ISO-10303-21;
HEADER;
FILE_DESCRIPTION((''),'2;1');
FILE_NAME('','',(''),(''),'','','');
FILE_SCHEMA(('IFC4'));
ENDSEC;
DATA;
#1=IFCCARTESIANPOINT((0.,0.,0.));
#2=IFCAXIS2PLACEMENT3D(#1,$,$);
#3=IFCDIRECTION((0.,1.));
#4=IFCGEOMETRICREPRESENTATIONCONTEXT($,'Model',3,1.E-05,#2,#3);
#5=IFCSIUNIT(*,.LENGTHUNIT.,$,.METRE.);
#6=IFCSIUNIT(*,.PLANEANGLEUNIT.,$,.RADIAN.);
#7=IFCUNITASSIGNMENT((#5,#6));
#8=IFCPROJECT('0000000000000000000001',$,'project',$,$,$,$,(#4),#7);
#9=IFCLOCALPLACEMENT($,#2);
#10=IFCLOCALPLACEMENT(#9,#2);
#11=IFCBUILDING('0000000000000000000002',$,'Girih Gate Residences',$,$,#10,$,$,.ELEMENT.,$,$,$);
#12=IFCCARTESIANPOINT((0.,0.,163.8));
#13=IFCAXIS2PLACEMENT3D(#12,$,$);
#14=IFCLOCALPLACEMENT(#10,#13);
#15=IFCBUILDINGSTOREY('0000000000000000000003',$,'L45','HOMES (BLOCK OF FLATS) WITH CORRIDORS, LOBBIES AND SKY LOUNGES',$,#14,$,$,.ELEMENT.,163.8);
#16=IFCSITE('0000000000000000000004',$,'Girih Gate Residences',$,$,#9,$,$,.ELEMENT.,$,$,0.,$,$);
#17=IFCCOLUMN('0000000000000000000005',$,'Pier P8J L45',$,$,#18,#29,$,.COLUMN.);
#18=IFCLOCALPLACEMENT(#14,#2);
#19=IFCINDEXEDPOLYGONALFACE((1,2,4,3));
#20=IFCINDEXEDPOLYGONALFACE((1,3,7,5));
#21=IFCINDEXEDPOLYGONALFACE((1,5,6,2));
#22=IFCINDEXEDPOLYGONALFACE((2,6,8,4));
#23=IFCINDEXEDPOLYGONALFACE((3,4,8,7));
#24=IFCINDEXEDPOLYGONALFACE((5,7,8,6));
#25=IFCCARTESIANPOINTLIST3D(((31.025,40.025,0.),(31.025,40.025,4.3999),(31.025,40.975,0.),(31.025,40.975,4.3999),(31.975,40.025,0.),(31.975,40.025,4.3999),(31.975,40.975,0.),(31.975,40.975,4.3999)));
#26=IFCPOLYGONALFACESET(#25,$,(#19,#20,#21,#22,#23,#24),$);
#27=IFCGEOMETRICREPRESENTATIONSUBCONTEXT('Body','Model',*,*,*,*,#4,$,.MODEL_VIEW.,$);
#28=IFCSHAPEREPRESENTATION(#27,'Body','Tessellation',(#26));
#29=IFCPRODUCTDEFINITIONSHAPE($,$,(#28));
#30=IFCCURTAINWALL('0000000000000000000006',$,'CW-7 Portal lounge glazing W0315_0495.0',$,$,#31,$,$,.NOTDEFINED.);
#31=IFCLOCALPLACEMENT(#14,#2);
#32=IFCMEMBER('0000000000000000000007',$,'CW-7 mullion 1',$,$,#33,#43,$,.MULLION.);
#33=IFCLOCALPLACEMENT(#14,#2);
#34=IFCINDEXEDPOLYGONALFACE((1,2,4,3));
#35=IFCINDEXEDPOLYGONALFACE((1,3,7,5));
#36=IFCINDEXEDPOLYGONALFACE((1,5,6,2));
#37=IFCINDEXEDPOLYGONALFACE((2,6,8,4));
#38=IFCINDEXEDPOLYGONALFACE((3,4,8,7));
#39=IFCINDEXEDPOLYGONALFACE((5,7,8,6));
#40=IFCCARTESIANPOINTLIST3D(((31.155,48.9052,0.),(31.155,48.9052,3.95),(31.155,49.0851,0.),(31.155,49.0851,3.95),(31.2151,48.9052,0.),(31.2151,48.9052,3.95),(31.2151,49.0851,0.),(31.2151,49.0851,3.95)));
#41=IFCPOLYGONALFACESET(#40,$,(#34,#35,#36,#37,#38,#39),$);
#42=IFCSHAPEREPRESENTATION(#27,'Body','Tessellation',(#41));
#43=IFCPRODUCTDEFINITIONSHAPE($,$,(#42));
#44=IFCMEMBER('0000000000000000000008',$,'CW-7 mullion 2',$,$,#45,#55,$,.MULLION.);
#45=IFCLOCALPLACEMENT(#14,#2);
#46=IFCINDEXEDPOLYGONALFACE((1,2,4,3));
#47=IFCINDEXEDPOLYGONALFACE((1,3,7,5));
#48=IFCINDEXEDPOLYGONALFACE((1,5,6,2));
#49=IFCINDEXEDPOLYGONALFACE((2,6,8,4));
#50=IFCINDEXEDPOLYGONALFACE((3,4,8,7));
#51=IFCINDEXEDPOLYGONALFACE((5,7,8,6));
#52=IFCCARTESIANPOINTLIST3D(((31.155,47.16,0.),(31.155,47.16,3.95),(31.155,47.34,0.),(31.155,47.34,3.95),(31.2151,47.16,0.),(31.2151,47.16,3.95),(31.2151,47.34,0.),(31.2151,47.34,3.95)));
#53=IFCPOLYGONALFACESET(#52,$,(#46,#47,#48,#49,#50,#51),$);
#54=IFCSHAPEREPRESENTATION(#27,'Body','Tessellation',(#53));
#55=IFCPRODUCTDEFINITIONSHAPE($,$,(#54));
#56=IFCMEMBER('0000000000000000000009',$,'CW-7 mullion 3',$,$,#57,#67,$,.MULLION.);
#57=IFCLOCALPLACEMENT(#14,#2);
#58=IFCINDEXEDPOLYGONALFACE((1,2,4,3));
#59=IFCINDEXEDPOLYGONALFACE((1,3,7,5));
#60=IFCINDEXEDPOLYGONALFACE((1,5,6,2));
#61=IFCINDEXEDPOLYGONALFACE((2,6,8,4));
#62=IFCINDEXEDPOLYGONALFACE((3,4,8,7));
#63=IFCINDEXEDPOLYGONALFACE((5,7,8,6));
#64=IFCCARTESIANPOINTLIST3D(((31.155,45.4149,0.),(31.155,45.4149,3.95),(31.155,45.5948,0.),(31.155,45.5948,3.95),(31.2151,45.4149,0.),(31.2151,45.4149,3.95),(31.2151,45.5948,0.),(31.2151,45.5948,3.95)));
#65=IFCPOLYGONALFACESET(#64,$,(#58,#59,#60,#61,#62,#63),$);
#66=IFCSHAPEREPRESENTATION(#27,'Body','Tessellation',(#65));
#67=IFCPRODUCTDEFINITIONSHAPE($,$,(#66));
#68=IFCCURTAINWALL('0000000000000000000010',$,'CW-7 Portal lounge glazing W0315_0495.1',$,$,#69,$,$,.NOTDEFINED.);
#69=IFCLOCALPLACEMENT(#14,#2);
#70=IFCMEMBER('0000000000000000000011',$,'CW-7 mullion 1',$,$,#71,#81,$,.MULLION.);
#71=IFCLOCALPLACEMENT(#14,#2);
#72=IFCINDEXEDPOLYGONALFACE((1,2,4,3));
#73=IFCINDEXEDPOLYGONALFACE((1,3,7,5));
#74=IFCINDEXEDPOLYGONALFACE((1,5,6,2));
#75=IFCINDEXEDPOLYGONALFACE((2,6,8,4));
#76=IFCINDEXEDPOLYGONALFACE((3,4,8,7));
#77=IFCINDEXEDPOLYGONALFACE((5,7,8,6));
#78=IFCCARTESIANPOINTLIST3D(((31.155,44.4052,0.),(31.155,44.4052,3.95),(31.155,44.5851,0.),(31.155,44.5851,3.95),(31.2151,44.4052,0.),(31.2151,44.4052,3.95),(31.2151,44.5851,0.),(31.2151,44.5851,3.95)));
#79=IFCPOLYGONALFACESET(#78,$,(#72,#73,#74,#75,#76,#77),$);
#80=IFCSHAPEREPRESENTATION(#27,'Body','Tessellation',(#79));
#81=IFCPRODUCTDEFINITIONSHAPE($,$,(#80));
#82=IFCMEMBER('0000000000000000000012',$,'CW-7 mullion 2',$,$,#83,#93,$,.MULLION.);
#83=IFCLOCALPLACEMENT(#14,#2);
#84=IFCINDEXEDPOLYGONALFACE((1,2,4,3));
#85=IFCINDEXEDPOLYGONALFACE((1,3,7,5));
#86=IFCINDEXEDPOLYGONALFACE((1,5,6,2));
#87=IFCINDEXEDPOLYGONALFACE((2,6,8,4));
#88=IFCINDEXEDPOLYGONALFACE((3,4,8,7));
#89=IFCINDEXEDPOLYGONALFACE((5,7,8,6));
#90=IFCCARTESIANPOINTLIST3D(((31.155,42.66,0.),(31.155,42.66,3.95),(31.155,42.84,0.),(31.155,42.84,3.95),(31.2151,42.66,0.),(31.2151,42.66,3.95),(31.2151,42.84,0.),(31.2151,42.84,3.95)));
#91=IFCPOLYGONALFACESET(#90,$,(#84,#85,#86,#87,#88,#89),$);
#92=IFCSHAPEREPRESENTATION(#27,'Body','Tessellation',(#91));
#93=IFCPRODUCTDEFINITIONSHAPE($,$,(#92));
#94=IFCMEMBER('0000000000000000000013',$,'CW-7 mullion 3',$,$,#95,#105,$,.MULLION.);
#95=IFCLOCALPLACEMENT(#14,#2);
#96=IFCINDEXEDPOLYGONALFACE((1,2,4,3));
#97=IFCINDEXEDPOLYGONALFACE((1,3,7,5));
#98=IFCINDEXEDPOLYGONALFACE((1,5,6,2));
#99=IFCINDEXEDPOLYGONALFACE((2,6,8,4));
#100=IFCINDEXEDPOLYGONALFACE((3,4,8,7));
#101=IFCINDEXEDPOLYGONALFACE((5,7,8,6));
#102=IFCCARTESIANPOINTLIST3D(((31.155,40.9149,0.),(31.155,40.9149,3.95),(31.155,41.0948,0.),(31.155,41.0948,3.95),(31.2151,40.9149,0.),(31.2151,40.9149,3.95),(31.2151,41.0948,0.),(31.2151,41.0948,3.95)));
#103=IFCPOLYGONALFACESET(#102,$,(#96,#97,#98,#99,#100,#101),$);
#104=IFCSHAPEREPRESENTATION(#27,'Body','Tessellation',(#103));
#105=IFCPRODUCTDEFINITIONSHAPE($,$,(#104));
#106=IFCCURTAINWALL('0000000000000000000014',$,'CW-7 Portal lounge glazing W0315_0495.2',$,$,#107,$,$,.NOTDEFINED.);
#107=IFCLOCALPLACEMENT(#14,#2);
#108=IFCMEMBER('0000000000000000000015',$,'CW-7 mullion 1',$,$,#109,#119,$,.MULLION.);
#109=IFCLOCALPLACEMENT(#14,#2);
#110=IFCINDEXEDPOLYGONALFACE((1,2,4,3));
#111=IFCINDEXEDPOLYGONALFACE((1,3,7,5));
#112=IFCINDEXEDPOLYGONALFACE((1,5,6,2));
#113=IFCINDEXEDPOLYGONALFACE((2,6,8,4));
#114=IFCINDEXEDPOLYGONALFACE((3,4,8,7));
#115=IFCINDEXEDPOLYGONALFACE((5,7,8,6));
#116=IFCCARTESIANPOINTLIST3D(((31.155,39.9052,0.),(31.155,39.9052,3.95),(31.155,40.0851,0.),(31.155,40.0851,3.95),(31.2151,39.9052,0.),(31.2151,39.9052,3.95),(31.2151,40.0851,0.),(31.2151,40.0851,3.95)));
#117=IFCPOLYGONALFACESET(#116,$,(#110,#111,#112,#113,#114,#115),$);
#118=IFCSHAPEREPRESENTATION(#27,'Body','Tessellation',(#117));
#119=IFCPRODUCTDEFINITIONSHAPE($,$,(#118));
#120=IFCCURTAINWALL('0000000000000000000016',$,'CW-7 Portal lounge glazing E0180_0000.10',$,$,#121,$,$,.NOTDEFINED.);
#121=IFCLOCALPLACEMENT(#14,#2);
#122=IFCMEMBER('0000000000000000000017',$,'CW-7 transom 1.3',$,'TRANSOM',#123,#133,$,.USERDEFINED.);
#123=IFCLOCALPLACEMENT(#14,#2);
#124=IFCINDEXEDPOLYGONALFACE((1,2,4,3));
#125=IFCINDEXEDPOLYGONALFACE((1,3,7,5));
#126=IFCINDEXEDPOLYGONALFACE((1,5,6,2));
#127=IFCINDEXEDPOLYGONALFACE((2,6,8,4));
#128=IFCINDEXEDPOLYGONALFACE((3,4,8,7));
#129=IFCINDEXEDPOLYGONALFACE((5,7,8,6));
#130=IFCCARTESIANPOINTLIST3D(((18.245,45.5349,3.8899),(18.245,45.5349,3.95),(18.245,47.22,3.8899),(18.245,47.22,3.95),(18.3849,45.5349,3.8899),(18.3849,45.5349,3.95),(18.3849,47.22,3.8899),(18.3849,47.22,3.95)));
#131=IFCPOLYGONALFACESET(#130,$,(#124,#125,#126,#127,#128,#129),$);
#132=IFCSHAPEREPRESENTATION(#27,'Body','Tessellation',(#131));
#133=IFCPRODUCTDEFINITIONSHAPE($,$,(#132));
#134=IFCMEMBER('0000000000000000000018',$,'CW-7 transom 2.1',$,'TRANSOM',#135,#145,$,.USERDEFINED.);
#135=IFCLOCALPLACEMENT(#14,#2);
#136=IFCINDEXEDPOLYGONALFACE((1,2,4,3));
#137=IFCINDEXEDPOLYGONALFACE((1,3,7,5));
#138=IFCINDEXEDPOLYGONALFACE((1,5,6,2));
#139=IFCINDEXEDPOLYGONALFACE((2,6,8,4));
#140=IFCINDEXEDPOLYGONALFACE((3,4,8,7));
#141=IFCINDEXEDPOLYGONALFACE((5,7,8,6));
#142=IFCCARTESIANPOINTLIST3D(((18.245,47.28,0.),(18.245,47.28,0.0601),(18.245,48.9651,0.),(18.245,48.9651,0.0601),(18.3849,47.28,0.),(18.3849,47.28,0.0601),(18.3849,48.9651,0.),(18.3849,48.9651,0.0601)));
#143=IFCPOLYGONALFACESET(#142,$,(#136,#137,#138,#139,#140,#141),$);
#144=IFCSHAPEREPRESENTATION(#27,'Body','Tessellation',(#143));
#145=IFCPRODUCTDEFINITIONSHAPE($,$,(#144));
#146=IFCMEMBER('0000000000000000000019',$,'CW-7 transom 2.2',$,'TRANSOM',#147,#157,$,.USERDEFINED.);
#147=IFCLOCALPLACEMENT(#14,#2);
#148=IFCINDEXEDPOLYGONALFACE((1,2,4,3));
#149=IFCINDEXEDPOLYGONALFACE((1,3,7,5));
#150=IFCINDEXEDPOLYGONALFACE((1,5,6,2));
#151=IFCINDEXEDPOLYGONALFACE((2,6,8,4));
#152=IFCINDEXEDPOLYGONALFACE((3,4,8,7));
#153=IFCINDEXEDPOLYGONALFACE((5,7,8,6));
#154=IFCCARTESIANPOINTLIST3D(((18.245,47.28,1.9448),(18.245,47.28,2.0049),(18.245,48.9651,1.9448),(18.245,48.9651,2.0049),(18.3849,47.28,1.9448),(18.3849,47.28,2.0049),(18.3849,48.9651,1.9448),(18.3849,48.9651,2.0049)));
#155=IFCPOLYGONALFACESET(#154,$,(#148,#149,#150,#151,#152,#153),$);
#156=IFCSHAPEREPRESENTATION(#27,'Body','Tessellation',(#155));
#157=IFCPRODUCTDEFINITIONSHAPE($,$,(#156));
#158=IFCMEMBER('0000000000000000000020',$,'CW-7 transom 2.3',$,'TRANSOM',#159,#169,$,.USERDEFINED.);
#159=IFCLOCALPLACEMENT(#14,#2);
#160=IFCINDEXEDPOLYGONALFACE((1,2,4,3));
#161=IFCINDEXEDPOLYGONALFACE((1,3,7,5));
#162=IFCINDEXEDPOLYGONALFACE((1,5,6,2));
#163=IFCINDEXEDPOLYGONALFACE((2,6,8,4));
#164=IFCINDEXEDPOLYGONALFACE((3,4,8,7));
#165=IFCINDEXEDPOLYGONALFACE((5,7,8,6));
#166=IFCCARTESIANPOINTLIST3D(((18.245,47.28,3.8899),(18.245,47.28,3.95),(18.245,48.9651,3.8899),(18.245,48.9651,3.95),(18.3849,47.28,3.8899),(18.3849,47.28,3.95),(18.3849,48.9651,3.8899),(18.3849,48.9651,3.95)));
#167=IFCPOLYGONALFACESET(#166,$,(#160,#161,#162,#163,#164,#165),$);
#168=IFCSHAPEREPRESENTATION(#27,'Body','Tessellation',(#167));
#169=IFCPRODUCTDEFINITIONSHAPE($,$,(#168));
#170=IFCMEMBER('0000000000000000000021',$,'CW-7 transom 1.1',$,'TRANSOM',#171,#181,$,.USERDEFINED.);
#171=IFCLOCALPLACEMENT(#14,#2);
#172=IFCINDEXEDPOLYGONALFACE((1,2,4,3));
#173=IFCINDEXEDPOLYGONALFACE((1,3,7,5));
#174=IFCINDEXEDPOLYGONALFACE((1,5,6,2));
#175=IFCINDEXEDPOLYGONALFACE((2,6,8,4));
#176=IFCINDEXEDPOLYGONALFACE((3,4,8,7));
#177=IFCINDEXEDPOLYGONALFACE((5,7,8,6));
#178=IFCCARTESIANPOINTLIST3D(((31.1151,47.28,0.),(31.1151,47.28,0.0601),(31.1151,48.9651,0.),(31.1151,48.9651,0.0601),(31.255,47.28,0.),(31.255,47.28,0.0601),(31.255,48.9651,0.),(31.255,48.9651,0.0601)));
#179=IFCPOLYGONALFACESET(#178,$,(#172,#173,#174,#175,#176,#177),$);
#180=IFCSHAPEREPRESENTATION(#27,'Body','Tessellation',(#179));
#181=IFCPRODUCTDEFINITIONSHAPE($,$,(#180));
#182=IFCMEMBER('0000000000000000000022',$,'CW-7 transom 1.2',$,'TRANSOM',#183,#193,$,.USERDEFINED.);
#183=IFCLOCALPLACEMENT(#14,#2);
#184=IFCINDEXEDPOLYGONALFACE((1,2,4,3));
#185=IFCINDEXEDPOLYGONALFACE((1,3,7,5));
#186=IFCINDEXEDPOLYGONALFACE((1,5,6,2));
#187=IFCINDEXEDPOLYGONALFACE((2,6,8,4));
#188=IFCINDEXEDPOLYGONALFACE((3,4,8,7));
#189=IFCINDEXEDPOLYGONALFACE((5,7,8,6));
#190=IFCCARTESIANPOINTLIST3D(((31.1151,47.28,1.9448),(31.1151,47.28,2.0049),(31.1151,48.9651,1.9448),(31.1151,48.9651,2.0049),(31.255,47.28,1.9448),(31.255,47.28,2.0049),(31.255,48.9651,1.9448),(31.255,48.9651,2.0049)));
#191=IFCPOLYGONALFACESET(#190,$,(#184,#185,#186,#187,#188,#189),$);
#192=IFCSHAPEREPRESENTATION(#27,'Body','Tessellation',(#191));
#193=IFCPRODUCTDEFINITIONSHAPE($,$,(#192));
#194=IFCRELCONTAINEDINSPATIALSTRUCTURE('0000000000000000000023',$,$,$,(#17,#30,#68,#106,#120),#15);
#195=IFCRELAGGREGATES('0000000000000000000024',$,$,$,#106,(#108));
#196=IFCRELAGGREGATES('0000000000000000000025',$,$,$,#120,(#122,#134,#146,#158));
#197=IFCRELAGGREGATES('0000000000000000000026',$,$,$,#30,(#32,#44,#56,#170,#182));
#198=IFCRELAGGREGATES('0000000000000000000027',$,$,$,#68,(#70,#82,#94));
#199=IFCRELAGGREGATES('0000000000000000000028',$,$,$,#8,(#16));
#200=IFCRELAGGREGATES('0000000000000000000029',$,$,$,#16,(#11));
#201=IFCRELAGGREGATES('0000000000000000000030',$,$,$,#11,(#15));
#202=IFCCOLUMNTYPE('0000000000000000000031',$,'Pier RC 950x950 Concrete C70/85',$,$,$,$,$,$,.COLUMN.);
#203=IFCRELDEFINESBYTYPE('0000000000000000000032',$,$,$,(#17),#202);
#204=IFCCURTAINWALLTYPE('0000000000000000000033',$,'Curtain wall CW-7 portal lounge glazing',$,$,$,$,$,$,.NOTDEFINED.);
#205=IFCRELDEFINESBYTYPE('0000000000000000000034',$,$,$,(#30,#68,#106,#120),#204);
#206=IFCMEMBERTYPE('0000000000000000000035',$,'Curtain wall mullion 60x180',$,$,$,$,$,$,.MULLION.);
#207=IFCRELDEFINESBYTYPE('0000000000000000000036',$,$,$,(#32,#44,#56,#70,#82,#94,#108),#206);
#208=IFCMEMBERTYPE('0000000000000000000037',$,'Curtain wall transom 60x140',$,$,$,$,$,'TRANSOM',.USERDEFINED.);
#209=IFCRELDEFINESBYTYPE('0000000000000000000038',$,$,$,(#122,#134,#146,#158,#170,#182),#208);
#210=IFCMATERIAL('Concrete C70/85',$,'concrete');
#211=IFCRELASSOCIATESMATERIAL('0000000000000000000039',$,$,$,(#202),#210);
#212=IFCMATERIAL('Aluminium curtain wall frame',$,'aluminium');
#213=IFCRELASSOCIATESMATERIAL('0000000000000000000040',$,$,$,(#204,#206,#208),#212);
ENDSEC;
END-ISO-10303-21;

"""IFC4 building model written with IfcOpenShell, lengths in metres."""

from ifc_helpers import new_model, si_unit, direction, frame, origin, origin_2d, place, context, subcontext, project, spatial, rectangle, extrude, material, material_profile, profile_set, type_object, element, aggregate, save


model = new_model("IFC4")

# Units and contexts
model_context = context("Model", 3, precision=1e-05, world=origin(), true_north=direction((0.0, 1.0)))
body_context = subcontext(model_context, "Body", "Model", "MODEL_VIEW")
ifc_project = project(units=[si_unit("LENGTHUNIT", "METRE"), si_unit("PLANEANGLEUNIT", "RADIAN")], contexts=[model_context])

# Site, building, storey
site_placement = place(None, origin())
site = spatial("IfcSite", under=ifc_project, at=site_placement, Name="Girih Gate Residences", CompositionType="ELEMENT", RefElevation=0.0)
building_placement = place(site_placement, origin())
building = spatial("IfcBuilding", under=site, at=building_placement, Name="Girih Gate Residences", CompositionType="ELEMENT")
storey_placement = place(building_placement, frame((0.0, 0.0, 163.8)))
storey = spatial("IfcBuildingStorey", under=building, at=storey_placement, Name="L45", Description="HOMES (BLOCK OF FLATS) WITH CORRIDORS, LOBBIES AND SKY LOUNGES", CompositionType="ELEMENT", Elevation=163.8)

# Column
ifc_material_1 = material(Name="Concrete C70/85", Category="concrete")
ifc_material_profile_1 = material_profile(ifc_material_1, rectangle(XDim=0.95, YDim=0.95, at=origin_2d()))
ifc_profile_set_1 = profile_set([ifc_material_profile_1], Name="Concrete C70/85")
column_type = type_object("IfcColumnType", Name="Pier RC 950x950 Concrete C70/85", PredefinedType="COLUMN", material=ifc_profile_set_1)
column_placement = place(storey_placement, frame((31.5, 40.5, 0.0), z_axis=(0.0, 0.0, 1.0), x_axis=(1.0, 0.0, 0.0)))
element("IfcColumn", 1, at=column_placement, inside=storey, type_object=column_type, Name="Pier P8J L45", PredefinedType="COLUMN", context=body_context, shape_type="SweptSolid", body=[
    extrude(rectangle(XDim=0.95, YDim=0.95, at=origin_2d()), origin(), (0.0, 0.0, 1.0), 4.3999),
])

# Curtain walls, members
ifc_material_2 = material(Name="Aluminium curtain wall frame", Category="aluminium")
curtain_wall_type = type_object("IfcCurtainWallType", Name="Curtain wall CW-7 portal lounge glazing", PredefinedType="NOTDEFINED", material=ifc_material_2)
curtain_wall_1_placement = place(storey_placement, origin())
curtain_wall_1 = element("IfcCurtainWall", 2, at=curtain_wall_1_placement, inside=storey, type_object=curtain_wall_type, Name="CW-7 Portal lounge glazing W0315_0495.0", PredefinedType="NOTDEFINED")
ifc_material_profile_2 = material_profile(ifc_material_2, rectangle(XDim=0.0601, YDim=0.1799, at=origin_2d()))
ifc_profile_set_2 = profile_set([ifc_material_profile_2], Name="Aluminium curtain wall frame")
member_type_1 = type_object("IfcMemberType", Name="Curtain wall mullion 60x180", PredefinedType="MULLION", material=ifc_profile_set_2)
member_1_placement = place(storey_placement, frame((31.1851, 48.9951, 0.0), z_axis=(0.0, 0.0, 1.0), x_axis=(1.0, 0.0, 0.0)))
member_1 = element("IfcMember", 3, at=member_1_placement, type_object=member_type_1, Name="CW-7 mullion 1", PredefinedType="MULLION", context=body_context, shape_type="SweptSolid", body=[
    extrude(rectangle(XDim=0.0601, YDim=0.1799, at=origin_2d()), origin(), (0.0, 0.0, 1.0), 3.95),
])
member_2_placement = place(storey_placement, frame((31.1851, 47.25, 0.0), z_axis=(0.0, 0.0, 1.0), x_axis=(1.0, 0.0, 0.0)))
member_2 = element("IfcMember", 4, at=member_2_placement, type_object=member_type_1, Name="CW-7 mullion 2", PredefinedType="MULLION", context=body_context, shape_type="SweptSolid", body=[
    extrude(rectangle(XDim=0.0601, YDim=0.1799, at=origin_2d()), origin(), (0.0, 0.0, 1.0), 3.95),
])
member_3_placement = place(storey_placement, frame((31.1851, 45.5049, 0.0), z_axis=(0.0, 0.0, 1.0), x_axis=(1.0, 0.0, 0.0)))
member_3 = element("IfcMember", 5, at=member_3_placement, type_object=member_type_1, Name="CW-7 mullion 3", PredefinedType="MULLION", context=body_context, shape_type="SweptSolid", body=[
    extrude(rectangle(XDim=0.0601, YDim=0.1799, at=origin_2d()), origin(), (0.0, 0.0, 1.0), 3.95),
])
curtain_wall_2_placement = place(storey_placement, origin())
curtain_wall_2 = element("IfcCurtainWall", 6, at=curtain_wall_2_placement, inside=storey, type_object=curtain_wall_type, Name="CW-7 Portal lounge glazing W0315_0495.1", PredefinedType="NOTDEFINED")
member_4_placement = place(storey_placement, frame((31.1851, 44.4951, 0.0), z_axis=(0.0, 0.0, 1.0), x_axis=(1.0, 0.0, 0.0)))
member_4 = element("IfcMember", 7, at=member_4_placement, type_object=member_type_1, Name="CW-7 mullion 1", PredefinedType="MULLION", context=body_context, shape_type="SweptSolid", body=[
    extrude(rectangle(XDim=0.0601, YDim=0.1799, at=origin_2d()), origin(), (0.0, 0.0, 1.0), 3.95),
])
member_5_placement = place(storey_placement, frame((31.1851, 42.75, 0.0), z_axis=(0.0, 0.0, 1.0), x_axis=(1.0, 0.0, 0.0)))
member_5 = element("IfcMember", 8, at=member_5_placement, type_object=member_type_1, Name="CW-7 mullion 2", PredefinedType="MULLION", context=body_context, shape_type="SweptSolid", body=[
    extrude(rectangle(XDim=0.0601, YDim=0.1799, at=origin_2d()), origin(), (0.0, 0.0, 1.0), 3.95),
])
member_6_placement = place(storey_placement, frame((31.1851, 41.0049, 0.0), z_axis=(0.0, 0.0, 1.0), x_axis=(1.0, 0.0, 0.0)))
member_6 = element("IfcMember", 9, at=member_6_placement, type_object=member_type_1, Name="CW-7 mullion 3", PredefinedType="MULLION", context=body_context, shape_type="SweptSolid", body=[
    extrude(rectangle(XDim=0.0601, YDim=0.1799, at=origin_2d()), origin(), (0.0, 0.0, 1.0), 3.95),
])

# Curtain wall, member
curtain_wall_3_placement = place(storey_placement, origin())
curtain_wall_3 = element("IfcCurtainWall", 10, at=curtain_wall_3_placement, inside=storey, type_object=curtain_wall_type, Name="CW-7 Portal lounge glazing W0315_0495.2", PredefinedType="NOTDEFINED")
member_7_placement = place(storey_placement, frame((31.1851, 39.9951, 0.0), z_axis=(0.0, 0.0, 1.0), x_axis=(1.0, 0.0, 0.0)))
member_7 = element("IfcMember", 11, at=member_7_placement, type_object=member_type_1, Name="CW-7 mullion 1", PredefinedType="MULLION", context=body_context, shape_type="SweptSolid", body=[
    extrude(rectangle(XDim=0.0601, YDim=0.1799, at=origin_2d()), origin(), (0.0, 0.0, 1.0), 3.95),
])

# Curtain wall, members
curtain_wall_4_placement = place(storey_placement, origin())
curtain_wall_4 = element("IfcCurtainWall", 12, at=curtain_wall_4_placement, inside=storey, type_object=curtain_wall_type, Name="CW-7 Portal lounge glazing E0180_0000.10", PredefinedType="NOTDEFINED")
ifc_material_profile_3 = material_profile(ifc_material_2, rectangle(XDim=0.1399, YDim=0.0601, at=origin_2d()))
ifc_profile_set_3 = profile_set([ifc_material_profile_3], Name="Aluminium curtain wall frame")
member_type_2 = type_object("IfcMemberType", Name="Curtain wall transom 60x140", ElementType="TRANSOM", PredefinedType="USERDEFINED", material=ifc_profile_set_3)
member_8_placement = place(storey_placement, frame((18.3149, 45.5349, 3.9199), z_axis=(0.0, 1.0, 0.0), x_axis=(-1.0, 0.0, 0.0)))
member_8 = element("IfcMember", 13, at=member_8_placement, type_object=member_type_2, Name="CW-7 transom 1.3", ObjectType="TRANSOM", PredefinedType="USERDEFINED", context=body_context, shape_type="SweptSolid", body=[
    extrude(rectangle(XDim=0.1399, YDim=0.0601, at=origin_2d()), origin(), (0.0, 0.0, 1.0), 1.6851),
])
member_9_placement = place(storey_placement, frame((18.3149, 47.28, 0.03), z_axis=(0.0, 1.0, 0.0), x_axis=(-1.0, 0.0, 0.0)))
member_9 = element("IfcMember", 14, at=member_9_placement, type_object=member_type_2, Name="CW-7 transom 2.1", ObjectType="TRANSOM", PredefinedType="USERDEFINED", context=body_context, shape_type="SweptSolid", body=[
    extrude(rectangle(XDim=0.1399, YDim=0.0601, at=origin_2d()), origin(), (0.0, 0.0, 1.0), 1.6851),
])
member_10_placement = place(storey_placement, frame((18.3149, 47.28, 1.9749), z_axis=(0.0, 1.0, 0.0), x_axis=(-1.0, 0.0, 0.0)))
member_10 = element("IfcMember", 15, at=member_10_placement, type_object=member_type_2, Name="CW-7 transom 2.2", ObjectType="TRANSOM", PredefinedType="USERDEFINED", context=body_context, shape_type="SweptSolid", body=[
    extrude(rectangle(XDim=0.1399, YDim=0.0601, at=origin_2d()), origin(), (0.0, 0.0, 1.0), 1.6851),
])
member_11_placement = place(storey_placement, frame((18.3149, 47.28, 3.9199), z_axis=(0.0, 1.0, 0.0), x_axis=(-1.0, 0.0, 0.0)))
member_11 = element("IfcMember", 16, at=member_11_placement, type_object=member_type_2, Name="CW-7 transom 2.3", ObjectType="TRANSOM", PredefinedType="USERDEFINED", context=body_context, shape_type="SweptSolid", body=[
    extrude(rectangle(XDim=0.1399, YDim=0.0601, at=origin_2d()), origin(), (0.0, 0.0, 1.0), 1.6851),
])

# Members
member_12_placement = place(storey_placement, frame((31.1851, 48.9651, 0.03), z_axis=(0.0, -1.0, 0.0), x_axis=(1.0, 0.0, 0.0)))
member_12 = element("IfcMember", 17, at=member_12_placement, type_object=member_type_2, Name="CW-7 transom 1.1", ObjectType="TRANSOM", PredefinedType="USERDEFINED", context=body_context, shape_type="SweptSolid", body=[
    extrude(rectangle(XDim=0.1399, YDim=0.0601, at=origin_2d()), origin(), (0.0, 0.0, 1.0), 1.6851),
])
member_13_placement = place(storey_placement, frame((31.1851, 48.9651, 1.9749), z_axis=(0.0, -1.0, 0.0), x_axis=(1.0, 0.0, 0.0)))
member_13 = element("IfcMember", 18, at=member_13_placement, type_object=member_type_2, Name="CW-7 transom 1.2", ObjectType="TRANSOM", PredefinedType="USERDEFINED", context=body_context, shape_type="SweptSolid", body=[
    extrude(rectangle(XDim=0.1399, YDim=0.0601, at=origin_2d()), origin(), (0.0, 0.0, 1.0), 1.6851),
])
aggregate(curtain_wall_3, [member_7])

aggregate(curtain_wall_4, [member_8, member_9, member_10, member_11])
aggregate(curtain_wall_1, [member_1, member_2, member_3, member_12, member_13])
aggregate(curtain_wall_2, [member_4, member_5, member_6])

save(model, "model.ifc")
